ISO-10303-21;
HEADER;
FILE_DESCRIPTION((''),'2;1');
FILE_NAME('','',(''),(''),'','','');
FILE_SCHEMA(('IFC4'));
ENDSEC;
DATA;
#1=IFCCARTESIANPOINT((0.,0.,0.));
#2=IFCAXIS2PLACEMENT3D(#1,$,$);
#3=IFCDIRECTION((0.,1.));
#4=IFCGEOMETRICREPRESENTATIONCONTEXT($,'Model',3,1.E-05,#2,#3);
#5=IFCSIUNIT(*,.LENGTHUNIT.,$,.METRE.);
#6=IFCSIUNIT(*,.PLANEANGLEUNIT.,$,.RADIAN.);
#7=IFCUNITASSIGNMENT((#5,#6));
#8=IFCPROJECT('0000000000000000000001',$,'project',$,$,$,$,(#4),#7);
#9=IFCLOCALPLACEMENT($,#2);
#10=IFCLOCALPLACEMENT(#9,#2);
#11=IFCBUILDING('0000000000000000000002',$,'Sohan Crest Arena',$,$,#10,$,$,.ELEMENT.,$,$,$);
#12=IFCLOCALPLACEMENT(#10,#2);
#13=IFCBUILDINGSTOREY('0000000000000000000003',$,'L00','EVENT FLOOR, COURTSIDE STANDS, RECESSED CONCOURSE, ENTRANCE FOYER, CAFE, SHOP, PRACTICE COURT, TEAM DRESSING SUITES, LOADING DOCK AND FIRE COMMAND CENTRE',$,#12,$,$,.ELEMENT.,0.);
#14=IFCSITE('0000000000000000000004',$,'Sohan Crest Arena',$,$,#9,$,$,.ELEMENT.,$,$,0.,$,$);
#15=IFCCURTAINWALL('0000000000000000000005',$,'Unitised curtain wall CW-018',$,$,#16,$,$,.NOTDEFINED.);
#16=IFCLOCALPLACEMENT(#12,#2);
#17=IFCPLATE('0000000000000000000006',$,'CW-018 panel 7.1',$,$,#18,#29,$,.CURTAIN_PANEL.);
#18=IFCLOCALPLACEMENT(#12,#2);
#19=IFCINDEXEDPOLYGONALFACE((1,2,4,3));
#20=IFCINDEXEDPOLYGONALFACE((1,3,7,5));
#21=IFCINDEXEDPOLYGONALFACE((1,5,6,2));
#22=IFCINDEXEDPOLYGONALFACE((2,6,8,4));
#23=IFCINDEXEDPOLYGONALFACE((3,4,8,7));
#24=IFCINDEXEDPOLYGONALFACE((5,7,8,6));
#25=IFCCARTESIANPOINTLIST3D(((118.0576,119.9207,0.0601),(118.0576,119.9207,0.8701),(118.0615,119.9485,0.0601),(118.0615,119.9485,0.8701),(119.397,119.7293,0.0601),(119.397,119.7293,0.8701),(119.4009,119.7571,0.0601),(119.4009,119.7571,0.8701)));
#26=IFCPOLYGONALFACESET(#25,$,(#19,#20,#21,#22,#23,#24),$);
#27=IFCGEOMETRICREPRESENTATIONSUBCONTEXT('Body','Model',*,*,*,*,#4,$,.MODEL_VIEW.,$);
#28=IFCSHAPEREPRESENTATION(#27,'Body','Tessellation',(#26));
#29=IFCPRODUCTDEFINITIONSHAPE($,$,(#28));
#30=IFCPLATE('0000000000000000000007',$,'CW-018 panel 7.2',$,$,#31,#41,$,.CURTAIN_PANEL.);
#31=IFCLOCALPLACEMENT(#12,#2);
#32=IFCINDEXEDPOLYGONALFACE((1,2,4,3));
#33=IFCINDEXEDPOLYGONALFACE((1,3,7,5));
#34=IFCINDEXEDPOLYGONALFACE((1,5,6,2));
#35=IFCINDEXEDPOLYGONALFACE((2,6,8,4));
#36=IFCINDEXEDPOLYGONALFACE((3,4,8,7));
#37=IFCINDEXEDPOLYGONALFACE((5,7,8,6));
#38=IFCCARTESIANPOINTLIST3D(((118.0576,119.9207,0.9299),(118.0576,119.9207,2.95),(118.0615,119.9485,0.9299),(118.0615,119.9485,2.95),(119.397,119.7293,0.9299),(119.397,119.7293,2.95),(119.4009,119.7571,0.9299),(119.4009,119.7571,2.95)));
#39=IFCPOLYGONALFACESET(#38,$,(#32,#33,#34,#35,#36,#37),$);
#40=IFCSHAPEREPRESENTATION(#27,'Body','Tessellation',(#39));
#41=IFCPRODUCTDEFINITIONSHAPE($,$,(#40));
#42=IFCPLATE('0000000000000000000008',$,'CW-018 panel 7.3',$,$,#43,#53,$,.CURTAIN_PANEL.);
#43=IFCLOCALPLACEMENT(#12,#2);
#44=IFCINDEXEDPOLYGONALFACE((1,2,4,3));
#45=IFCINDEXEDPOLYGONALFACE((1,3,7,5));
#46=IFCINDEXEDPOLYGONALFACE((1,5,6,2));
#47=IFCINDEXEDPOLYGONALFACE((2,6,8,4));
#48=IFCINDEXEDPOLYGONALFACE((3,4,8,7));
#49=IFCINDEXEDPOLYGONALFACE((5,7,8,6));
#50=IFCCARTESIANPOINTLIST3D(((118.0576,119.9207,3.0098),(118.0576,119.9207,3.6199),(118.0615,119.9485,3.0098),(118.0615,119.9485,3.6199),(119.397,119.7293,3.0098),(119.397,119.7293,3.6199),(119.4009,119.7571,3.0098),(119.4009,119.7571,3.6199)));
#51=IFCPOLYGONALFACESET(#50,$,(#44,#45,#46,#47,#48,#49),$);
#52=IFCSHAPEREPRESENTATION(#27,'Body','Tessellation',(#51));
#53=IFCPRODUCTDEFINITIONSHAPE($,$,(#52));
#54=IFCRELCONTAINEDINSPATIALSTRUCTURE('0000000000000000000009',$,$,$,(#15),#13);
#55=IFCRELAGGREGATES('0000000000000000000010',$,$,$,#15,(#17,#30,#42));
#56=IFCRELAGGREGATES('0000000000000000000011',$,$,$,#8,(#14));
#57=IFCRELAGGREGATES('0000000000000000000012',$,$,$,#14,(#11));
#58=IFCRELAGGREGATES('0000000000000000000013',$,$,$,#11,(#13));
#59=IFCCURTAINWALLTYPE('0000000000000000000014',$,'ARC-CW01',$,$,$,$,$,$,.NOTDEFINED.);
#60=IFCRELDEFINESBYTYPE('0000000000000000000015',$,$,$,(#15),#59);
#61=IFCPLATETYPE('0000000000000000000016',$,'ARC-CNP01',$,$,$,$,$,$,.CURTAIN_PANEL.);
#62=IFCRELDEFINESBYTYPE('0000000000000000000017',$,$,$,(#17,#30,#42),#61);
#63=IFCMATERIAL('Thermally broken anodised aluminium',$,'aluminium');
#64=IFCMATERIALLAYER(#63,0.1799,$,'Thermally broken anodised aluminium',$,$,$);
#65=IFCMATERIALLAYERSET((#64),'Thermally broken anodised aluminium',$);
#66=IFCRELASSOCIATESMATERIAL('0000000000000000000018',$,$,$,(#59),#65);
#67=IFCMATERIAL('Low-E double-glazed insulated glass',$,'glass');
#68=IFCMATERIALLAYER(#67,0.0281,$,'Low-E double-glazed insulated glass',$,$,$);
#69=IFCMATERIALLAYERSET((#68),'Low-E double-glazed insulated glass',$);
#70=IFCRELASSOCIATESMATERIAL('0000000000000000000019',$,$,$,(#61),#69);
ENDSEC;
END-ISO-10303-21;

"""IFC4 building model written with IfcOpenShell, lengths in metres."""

from ifc_helpers import new_model, si_unit, direction, frame, origin, origin_2d, place, context, subcontext, project, spatial, rectangle, extrude, material, layer, layer_set, type_object, element, aggregate, save


model = new_model("IFC4")

# Units and contexts
model_context = context("Model", 3, precision=1e-05, world=origin(), true_north=direction((0.0, 1.0)))
body_context = subcontext(model_context, "Body", "Model", "MODEL_VIEW")
ifc_project = project(units=[si_unit("LENGTHUNIT", "METRE"), si_unit("PLANEANGLEUNIT", "RADIAN")], contexts=[model_context])

# Site, building, storey
site_placement = place(None, origin())
site = spatial("IfcSite", under=ifc_project, at=site_placement, Name="Sohan Crest Arena", CompositionType="ELEMENT", RefElevation=0.0)
building_placement = place(site_placement, origin())
building = spatial("IfcBuilding", under=site, at=building_placement, Name="Sohan Crest Arena", CompositionType="ELEMENT")
storey_placement = place(building_placement, origin())
storey = spatial("IfcBuildingStorey", under=building, at=storey_placement, Name="L00", Description="EVENT FLOOR, COURTSIDE STANDS, RECESSED CONCOURSE, ENTRANCE FOYER, CAFE, SHOP, PRACTICE COURT, TEAM DRESSING SUITES, LOADING DOCK AND FIRE COMMAND CENTRE", CompositionType="ELEMENT", Elevation=0.0)

# Curtain wall
ifc_material_1 = material(Name="Thermally broken anodised aluminium", Category="aluminium")
ifc_layer_1 = layer(ifc_material_1, 0.1799, Name="Thermally broken anodised aluminium")
ifc_layer_set_1 = layer_set([ifc_layer_1], Name="Thermally broken anodised aluminium")
curtain_wall_type = type_object("IfcCurtainWallType", Name="ARC-CW01", PredefinedType="NOTDEFINED", material=ifc_layer_set_1)
curtain_wall_1_placement = place(storey_placement, origin())
curtain_wall_1 = element("IfcCurtainWall", 1, at=curtain_wall_1_placement, inside=storey, type_object=curtain_wall_type, Name="Unitised curtain wall CW-018", PredefinedType="NOTDEFINED")

# Plates
ifc_material_2 = material(Name="Low-E double-glazed insulated glass", Category="glass")
ifc_layer_2 = layer(ifc_material_2, 0.0281, Name="Low-E double-glazed insulated glass")
ifc_layer_set_2 = layer_set([ifc_layer_2], Name="Low-E double-glazed insulated glass")
plate_type = type_object("IfcPlateType", Name="ARC-CNP01", PredefinedType="CURTAIN_PANEL", material=ifc_layer_set_2)
plate_1_placement = place(storey_placement, frame((118.7292, 119.8389, 0.0601), z_axis=(0.0, 0.0, 1.0), x_axis=(-0.989944, 0.141463, 0.0)))
plate_1 = element("IfcPlate", 2, at=plate_1_placement, type_object=plate_type, Name="CW-018 panel 7.1", PredefinedType="CURTAIN_PANEL", context=body_context, shape_type="SweptSolid", body=[
    extrude(rectangle(XDim=1.353, YDim=0.0281, at=origin_2d()), origin(), (0.0, 0.0, 1.0), 0.8101),
])
plate_2_placement = place(storey_placement, frame((118.7292, 119.8389, 0.9299), z_axis=(0.0, 0.0, 1.0), x_axis=(-0.989944, 0.141463, 0.0)))
plate_2 = element("IfcPlate", 3, at=plate_2_placement, type_object=plate_type, Name="CW-018 panel 7.2", PredefinedType="CURTAIN_PANEL", context=body_context, shape_type="SweptSolid", body=[
    extrude(rectangle(XDim=1.353, YDim=0.0281, at=origin_2d()), origin(), (0.0, 0.0, 1.0), 2.02),
])
plate_3_placement = place(storey_placement, frame((118.7292, 119.8389, 3.0098), z_axis=(0.0, 0.0, 1.0), x_axis=(-0.989944, 0.141463, 0.0)))
plate_3 = element("IfcPlate", 4, at=plate_3_placement, type_object=plate_type, Name="CW-018 panel 7.3", PredefinedType="CURTAIN_PANEL", context=body_context, shape_type="SweptSolid", body=[
    extrude(rectangle(XDim=1.353, YDim=0.0281, at=origin_2d()), origin(), (0.0, 0.0, 1.0), 0.6101),
])
aggregate(curtain_wall_1, [plate_1, plate_2, plate_3])

save(model, "model.ifc")
